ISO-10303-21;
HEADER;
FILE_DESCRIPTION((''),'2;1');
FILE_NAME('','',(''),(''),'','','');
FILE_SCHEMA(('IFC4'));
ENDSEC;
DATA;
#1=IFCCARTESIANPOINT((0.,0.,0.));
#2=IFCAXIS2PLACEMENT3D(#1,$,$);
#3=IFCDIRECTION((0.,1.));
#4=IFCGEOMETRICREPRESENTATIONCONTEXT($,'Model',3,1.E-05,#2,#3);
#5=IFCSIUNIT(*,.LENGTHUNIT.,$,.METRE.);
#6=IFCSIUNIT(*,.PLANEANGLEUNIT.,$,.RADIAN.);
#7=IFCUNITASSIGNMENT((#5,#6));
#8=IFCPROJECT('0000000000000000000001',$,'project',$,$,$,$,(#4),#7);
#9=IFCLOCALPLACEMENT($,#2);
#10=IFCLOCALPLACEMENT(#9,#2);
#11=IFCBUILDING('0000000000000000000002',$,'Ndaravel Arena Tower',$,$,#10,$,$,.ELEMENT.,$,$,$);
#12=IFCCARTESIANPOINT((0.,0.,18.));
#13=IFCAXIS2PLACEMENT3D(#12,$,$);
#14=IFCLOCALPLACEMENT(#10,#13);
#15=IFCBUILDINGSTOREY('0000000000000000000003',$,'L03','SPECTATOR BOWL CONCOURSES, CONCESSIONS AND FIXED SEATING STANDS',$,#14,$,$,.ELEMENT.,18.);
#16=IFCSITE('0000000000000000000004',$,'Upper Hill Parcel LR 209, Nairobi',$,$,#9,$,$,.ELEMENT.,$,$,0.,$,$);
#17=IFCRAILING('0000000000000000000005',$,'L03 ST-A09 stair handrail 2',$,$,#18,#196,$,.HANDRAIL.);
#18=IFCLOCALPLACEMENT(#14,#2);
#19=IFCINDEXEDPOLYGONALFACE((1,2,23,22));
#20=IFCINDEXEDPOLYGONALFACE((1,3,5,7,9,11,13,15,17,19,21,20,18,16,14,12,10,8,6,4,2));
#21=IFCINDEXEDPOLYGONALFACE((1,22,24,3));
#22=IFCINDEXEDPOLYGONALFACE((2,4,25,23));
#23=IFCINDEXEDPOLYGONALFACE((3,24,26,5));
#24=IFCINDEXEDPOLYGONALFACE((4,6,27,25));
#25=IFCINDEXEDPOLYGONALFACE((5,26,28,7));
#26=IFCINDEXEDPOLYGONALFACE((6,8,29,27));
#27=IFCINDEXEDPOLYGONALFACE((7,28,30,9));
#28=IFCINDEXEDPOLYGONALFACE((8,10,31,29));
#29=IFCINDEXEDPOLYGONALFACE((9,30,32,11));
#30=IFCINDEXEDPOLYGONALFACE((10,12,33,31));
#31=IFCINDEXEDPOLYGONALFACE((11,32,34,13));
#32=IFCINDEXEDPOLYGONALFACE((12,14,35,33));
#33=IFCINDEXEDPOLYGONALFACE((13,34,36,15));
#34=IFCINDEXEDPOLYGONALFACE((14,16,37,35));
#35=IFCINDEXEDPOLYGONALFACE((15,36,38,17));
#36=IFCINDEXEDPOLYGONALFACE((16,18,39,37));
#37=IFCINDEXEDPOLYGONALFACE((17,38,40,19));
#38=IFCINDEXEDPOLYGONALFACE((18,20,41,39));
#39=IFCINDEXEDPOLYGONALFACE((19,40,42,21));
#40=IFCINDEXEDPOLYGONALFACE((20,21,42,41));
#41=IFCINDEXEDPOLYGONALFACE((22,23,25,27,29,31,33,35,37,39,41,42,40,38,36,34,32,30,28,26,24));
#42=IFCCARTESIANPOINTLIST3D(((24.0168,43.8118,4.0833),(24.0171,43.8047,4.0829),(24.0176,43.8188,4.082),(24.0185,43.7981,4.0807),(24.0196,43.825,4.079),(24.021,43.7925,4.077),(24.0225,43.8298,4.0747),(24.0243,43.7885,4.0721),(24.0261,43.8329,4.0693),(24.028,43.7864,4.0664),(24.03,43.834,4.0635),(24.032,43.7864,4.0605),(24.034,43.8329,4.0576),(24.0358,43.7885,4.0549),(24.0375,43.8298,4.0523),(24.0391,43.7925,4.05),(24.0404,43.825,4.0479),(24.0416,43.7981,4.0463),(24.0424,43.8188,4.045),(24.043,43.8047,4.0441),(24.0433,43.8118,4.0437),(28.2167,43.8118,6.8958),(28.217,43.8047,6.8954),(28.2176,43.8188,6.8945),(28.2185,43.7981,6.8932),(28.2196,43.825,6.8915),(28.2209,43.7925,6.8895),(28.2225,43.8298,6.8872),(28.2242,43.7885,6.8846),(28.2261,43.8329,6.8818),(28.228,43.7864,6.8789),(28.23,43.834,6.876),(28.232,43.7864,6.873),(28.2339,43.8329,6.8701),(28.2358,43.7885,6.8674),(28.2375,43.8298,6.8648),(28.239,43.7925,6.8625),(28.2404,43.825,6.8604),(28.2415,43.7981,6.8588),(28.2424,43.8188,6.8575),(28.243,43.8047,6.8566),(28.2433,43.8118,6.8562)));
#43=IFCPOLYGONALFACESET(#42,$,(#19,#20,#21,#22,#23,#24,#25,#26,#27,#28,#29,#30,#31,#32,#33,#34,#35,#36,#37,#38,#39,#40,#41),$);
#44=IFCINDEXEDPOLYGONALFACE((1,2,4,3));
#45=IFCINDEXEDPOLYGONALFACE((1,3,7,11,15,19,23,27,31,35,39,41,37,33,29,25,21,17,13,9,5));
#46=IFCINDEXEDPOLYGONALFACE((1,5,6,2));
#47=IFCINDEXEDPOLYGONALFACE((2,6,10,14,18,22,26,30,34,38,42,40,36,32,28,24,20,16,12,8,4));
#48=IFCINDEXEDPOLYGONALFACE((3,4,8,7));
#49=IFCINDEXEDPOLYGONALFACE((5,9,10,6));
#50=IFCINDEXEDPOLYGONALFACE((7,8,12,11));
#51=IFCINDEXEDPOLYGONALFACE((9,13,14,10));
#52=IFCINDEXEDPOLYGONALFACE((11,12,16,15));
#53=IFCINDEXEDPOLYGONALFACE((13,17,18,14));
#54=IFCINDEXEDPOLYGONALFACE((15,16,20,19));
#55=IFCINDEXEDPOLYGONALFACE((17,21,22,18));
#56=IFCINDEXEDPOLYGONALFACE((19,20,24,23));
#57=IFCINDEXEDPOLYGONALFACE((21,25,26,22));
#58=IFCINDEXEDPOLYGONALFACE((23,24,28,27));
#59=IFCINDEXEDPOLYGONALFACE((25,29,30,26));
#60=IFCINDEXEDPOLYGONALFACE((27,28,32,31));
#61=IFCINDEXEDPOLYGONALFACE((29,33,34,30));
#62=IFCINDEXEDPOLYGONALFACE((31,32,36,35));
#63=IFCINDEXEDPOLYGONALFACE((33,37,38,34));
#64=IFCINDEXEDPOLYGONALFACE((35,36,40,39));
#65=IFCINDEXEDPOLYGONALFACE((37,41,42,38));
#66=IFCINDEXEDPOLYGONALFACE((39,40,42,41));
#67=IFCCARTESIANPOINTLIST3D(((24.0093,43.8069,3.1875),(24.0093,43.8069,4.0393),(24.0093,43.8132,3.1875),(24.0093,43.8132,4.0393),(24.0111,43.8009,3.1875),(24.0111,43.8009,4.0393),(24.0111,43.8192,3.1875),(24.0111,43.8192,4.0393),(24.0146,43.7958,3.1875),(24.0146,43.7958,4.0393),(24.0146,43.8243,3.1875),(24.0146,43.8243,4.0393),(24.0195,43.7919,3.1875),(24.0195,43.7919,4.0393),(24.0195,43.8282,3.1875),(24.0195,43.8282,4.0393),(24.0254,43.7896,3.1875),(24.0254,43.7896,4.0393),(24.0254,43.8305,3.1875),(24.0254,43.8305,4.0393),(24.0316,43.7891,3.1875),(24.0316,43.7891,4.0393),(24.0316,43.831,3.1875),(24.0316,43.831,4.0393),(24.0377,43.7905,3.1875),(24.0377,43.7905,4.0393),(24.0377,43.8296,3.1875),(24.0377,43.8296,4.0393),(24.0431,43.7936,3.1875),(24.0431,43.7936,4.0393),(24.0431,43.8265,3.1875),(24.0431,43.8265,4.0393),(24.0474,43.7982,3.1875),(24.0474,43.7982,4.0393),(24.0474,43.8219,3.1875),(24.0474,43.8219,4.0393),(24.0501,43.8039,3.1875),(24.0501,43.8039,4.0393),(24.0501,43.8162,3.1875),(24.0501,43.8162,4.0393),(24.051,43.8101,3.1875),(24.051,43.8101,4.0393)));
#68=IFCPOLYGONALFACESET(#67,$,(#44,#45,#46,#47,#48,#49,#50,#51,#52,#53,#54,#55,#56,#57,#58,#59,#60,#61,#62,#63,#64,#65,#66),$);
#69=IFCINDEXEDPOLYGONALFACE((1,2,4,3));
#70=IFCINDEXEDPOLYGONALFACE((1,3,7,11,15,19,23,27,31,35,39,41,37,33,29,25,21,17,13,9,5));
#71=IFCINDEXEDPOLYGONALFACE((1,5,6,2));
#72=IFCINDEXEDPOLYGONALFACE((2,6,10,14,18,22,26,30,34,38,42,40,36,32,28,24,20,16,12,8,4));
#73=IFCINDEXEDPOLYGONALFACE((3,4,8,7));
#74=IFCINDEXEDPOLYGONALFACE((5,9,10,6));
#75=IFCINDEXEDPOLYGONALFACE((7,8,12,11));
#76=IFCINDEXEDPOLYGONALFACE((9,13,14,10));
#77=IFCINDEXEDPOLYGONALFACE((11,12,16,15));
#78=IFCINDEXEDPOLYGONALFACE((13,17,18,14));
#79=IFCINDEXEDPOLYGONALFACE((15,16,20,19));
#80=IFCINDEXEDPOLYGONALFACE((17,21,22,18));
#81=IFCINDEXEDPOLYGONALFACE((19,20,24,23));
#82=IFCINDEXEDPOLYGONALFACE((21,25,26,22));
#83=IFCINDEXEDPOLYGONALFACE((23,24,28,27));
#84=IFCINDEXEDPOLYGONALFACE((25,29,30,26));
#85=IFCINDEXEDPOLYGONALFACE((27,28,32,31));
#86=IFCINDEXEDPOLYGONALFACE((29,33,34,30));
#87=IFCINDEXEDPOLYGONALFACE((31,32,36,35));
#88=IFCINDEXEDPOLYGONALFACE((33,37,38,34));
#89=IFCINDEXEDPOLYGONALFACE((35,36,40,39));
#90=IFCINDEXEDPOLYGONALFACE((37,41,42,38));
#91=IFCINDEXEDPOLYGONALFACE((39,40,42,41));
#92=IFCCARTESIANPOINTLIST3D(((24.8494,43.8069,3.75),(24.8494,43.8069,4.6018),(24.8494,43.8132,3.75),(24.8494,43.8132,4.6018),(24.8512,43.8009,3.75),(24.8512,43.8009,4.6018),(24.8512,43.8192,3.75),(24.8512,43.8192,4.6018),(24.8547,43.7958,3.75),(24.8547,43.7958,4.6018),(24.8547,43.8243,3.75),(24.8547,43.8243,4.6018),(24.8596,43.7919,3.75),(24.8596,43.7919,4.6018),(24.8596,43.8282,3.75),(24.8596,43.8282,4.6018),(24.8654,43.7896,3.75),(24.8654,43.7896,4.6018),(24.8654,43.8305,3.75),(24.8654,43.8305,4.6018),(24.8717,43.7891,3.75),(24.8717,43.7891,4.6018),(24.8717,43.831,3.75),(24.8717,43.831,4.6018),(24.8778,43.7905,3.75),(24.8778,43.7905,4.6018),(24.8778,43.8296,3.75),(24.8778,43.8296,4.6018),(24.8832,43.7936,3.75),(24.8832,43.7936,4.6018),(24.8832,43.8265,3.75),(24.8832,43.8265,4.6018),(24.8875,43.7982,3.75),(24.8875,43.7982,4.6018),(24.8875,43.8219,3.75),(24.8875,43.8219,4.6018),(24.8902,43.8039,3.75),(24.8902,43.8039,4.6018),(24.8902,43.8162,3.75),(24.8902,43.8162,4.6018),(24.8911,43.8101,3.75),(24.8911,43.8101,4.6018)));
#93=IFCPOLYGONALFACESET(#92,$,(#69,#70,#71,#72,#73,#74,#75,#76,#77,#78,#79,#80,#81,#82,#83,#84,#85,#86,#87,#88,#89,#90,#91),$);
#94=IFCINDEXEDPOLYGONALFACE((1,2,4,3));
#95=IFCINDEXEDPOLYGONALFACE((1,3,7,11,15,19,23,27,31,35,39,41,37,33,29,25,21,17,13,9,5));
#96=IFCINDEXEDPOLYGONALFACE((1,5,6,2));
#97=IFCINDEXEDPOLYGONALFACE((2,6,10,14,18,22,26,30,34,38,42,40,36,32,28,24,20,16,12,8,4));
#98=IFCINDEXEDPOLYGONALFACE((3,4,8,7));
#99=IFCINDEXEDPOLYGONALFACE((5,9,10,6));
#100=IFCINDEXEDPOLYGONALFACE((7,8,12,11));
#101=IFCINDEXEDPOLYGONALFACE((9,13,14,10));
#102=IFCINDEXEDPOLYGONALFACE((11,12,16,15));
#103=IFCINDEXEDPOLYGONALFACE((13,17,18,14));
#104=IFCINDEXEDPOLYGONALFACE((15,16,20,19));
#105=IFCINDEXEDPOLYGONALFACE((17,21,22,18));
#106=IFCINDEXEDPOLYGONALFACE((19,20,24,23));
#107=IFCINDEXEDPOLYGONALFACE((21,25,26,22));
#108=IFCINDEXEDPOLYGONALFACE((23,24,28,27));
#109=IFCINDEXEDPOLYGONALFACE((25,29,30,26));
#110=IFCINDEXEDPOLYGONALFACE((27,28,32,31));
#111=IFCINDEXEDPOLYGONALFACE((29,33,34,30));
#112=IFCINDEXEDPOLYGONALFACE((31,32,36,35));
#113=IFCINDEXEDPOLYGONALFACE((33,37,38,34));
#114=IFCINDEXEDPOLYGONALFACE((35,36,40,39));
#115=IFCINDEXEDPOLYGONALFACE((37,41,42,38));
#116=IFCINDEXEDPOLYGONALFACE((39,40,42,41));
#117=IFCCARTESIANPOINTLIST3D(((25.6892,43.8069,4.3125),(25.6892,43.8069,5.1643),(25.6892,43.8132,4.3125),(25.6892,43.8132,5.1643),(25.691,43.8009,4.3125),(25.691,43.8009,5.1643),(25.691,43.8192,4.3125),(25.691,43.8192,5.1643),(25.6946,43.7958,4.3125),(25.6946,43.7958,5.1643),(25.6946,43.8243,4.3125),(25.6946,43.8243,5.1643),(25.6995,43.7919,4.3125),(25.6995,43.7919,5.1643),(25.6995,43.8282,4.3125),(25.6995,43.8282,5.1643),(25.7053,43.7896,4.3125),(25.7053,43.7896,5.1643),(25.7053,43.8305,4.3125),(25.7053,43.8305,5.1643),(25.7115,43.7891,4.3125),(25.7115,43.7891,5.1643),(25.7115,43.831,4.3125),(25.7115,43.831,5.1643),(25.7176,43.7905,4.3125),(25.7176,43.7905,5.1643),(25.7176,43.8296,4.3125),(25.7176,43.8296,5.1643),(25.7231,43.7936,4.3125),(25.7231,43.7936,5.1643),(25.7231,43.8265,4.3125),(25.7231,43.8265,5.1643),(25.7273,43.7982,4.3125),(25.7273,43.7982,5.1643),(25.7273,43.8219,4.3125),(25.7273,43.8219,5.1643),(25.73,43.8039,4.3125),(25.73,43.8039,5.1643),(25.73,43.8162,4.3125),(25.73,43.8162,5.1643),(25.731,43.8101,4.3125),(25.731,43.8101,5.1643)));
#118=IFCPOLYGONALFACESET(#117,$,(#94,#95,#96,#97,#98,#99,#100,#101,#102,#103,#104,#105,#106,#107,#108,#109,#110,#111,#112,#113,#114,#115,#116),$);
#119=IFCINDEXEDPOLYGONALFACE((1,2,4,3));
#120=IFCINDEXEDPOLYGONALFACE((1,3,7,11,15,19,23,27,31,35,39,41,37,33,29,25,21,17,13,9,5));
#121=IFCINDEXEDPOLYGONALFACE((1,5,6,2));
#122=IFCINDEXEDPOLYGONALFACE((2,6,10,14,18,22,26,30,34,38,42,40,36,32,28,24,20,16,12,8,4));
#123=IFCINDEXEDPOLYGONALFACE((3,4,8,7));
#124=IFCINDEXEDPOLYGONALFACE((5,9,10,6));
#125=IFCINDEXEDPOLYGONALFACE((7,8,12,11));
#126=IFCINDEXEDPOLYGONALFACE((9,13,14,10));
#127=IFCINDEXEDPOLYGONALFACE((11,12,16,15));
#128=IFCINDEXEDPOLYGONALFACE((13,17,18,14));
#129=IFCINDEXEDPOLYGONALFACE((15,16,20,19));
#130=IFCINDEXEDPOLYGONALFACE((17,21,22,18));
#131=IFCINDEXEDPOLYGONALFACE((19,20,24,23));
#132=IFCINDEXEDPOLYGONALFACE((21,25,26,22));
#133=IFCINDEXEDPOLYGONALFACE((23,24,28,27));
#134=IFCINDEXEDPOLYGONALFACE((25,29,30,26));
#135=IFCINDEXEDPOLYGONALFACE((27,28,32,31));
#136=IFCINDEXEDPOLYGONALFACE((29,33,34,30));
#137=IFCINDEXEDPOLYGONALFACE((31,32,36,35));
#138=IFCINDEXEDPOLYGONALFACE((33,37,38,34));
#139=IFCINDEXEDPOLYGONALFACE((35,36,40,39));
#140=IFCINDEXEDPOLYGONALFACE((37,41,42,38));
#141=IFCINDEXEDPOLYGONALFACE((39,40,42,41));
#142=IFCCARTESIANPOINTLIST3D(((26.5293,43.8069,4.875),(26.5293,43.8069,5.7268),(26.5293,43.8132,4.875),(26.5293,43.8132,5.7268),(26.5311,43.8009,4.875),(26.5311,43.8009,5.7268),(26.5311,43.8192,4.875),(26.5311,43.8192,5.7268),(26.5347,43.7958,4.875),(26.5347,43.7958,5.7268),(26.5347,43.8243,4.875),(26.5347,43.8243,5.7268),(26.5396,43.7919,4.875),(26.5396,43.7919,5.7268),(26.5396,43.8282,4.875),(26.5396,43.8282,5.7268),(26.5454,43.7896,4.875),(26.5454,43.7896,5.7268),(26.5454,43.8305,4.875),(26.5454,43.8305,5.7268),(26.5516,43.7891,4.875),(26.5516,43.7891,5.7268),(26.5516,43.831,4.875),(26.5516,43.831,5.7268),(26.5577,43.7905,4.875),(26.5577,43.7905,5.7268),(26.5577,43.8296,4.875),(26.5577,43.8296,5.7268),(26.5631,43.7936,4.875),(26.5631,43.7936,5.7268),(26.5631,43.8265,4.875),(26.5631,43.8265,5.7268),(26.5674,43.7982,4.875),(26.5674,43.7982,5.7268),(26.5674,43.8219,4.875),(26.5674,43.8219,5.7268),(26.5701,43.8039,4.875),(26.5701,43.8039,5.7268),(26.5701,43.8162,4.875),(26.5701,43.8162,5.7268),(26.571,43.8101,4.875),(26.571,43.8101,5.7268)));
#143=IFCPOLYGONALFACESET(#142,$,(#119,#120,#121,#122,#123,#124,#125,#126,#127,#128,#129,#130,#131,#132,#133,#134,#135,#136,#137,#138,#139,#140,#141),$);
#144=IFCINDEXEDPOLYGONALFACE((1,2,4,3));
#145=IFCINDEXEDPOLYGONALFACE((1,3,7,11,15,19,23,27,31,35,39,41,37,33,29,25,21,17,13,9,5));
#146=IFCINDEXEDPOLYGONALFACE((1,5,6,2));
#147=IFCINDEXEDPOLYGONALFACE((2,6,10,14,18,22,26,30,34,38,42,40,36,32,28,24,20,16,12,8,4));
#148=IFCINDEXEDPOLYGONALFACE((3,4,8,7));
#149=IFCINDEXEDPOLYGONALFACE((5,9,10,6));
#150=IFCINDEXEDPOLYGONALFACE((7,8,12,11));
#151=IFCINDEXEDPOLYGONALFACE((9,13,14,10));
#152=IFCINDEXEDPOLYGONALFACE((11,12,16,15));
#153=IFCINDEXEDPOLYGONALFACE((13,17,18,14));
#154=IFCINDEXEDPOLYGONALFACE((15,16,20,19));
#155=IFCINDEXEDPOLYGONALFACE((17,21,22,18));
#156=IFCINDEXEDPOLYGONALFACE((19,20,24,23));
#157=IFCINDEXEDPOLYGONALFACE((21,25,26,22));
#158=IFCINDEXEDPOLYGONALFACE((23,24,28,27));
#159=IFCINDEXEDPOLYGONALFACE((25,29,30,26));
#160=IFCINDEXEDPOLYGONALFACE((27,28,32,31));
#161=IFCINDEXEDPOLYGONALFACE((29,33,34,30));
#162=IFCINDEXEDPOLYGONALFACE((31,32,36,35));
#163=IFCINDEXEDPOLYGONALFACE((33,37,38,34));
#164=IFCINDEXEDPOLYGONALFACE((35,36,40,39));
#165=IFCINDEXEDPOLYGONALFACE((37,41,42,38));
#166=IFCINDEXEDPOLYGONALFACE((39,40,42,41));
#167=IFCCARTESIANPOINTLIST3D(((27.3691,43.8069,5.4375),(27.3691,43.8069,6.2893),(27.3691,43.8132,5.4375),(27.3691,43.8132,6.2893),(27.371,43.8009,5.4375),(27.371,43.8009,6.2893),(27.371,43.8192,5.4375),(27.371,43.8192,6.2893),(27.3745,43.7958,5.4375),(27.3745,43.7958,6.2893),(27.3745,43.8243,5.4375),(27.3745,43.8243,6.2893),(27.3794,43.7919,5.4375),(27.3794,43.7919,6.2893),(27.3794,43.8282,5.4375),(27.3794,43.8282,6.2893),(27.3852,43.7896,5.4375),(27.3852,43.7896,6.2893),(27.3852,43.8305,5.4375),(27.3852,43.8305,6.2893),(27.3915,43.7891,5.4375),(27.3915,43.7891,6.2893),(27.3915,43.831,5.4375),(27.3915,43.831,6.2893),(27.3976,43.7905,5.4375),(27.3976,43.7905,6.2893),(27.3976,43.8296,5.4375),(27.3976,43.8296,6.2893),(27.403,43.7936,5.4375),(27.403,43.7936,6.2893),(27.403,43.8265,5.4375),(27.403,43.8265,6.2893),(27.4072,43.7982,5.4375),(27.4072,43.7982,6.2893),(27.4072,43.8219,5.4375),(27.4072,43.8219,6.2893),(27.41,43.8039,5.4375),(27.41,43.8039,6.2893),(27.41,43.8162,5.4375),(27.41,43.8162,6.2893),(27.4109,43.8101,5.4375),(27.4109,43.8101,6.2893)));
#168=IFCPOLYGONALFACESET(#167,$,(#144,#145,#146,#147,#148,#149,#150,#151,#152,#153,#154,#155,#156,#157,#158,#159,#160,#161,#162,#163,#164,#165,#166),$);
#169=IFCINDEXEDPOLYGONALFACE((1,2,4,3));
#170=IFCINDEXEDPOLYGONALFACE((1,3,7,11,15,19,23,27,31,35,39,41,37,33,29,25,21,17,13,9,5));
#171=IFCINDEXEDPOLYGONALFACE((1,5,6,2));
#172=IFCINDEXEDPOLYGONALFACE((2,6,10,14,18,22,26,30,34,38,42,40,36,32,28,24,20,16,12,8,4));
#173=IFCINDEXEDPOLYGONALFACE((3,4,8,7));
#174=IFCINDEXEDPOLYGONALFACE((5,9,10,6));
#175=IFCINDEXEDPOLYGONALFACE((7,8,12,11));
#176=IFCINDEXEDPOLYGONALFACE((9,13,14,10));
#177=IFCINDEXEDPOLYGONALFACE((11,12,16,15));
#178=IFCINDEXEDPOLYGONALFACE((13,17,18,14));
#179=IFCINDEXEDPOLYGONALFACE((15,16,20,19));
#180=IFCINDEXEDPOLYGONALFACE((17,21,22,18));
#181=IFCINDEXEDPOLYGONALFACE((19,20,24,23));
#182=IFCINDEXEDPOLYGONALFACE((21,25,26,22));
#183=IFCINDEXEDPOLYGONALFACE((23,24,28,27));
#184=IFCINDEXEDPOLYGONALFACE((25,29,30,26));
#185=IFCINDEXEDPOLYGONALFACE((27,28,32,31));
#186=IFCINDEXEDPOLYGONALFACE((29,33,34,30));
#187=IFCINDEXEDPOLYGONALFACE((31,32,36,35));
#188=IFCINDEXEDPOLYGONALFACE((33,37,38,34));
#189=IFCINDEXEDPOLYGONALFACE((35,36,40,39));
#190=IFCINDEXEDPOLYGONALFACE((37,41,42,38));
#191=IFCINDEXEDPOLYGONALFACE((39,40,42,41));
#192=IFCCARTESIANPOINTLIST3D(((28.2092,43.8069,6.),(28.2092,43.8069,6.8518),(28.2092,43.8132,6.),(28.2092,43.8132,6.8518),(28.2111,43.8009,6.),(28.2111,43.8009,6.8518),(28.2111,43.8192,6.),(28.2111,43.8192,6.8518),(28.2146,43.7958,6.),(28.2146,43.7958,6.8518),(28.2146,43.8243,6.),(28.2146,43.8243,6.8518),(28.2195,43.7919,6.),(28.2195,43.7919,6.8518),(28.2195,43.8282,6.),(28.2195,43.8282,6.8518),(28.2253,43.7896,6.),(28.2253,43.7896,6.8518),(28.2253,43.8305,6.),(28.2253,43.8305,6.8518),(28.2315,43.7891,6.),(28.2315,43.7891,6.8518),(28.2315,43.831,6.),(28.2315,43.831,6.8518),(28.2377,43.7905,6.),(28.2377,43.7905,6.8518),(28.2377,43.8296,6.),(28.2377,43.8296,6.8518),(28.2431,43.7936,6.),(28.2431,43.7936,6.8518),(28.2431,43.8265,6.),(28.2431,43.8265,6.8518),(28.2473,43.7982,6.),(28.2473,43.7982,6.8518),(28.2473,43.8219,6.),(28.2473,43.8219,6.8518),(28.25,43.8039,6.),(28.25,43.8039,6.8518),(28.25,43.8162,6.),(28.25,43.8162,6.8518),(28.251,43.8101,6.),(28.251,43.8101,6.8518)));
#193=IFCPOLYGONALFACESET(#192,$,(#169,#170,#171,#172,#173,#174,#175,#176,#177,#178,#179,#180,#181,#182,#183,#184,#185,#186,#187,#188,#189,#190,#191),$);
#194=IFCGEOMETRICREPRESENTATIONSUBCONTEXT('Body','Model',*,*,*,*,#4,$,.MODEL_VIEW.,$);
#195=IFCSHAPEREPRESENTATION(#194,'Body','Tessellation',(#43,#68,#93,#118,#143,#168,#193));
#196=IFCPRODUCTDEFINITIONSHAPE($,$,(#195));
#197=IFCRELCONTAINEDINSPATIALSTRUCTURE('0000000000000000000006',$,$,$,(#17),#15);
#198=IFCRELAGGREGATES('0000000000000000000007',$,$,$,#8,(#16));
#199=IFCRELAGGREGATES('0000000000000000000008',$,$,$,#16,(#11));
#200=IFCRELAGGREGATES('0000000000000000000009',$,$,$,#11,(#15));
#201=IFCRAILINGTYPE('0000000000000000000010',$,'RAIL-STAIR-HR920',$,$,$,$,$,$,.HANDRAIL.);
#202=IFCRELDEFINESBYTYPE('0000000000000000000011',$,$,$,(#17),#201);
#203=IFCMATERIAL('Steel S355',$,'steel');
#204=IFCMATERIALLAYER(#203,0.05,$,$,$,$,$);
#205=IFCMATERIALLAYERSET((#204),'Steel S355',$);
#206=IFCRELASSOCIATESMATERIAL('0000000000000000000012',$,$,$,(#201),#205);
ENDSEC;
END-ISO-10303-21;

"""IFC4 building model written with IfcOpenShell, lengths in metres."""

from ifc_helpers import new_model, si_unit, direction, frame, origin, origin_2d, place, context, subcontext, project, spatial, circle, extrude, material, layer, layer_set, type_object, element, save


model = new_model("IFC4")

# Units and contexts
model_context = context("Model", 3, precision=1e-05, world=origin(), true_north=direction((0.0, 1.0)))
body_context = subcontext(model_context, "Body", "Model", "MODEL_VIEW")
ifc_project = project(units=[si_unit("LENGTHUNIT", "METRE"), si_unit("PLANEANGLEUNIT", "RADIAN")], contexts=[model_context])

# Site, building, storey
site_placement = place(None, origin())
site = spatial("IfcSite", under=ifc_project, at=site_placement, Name="Upper Hill Parcel LR 209, Nairobi", CompositionType="ELEMENT", RefElevation=0.0)
building_placement = place(site_placement, origin())
building = spatial("IfcBuilding", under=site, at=building_placement, Name="Ndaravel Arena Tower", CompositionType="ELEMENT")
storey_placement = place(building_placement, frame((0.0, 0.0, 18.0)))
storey = spatial("IfcBuildingStorey", under=building, at=storey_placement, Name="L03", Description="SPECTATOR BOWL CONCOURSES, CONCESSIONS AND FIXED SEATING STANDS", CompositionType="ELEMENT", Elevation=18.0)

# Railing
ifc_material_1 = material(Name="Steel S355", Category="steel")
ifc_layer_1 = layer(ifc_material_1, 0.05)
ifc_layer_set_1 = layer_set([ifc_layer_1], Name="Steel S355")
railing_type_1 = type_object("IfcRailingType", Name="RAIL-STAIR-HR920", PredefinedType="HANDRAIL", material=ifc_layer_set_1)
railing_1_placement = place(storey_placement, frame((24.03, 43.8101, 3.1875)))
element("IfcRailing", 1, at=railing_1_placement, inside=storey, type_object=railing_type_1, Name="L03 ST-A09 stair handrail 2", PredefinedType="HANDRAIL", context=body_context, shape_type="SweptSolid", body=[
    extrude(circle(Radius=0.0239, at=origin_2d()), frame((0.0, 0.0, 0.876), z_axis=(0.830904, 0.0, 0.556416), x_axis=(0.0, 1.0, 0.0)), (0.0, 0.0, 1.0), 5.0547),
    extrude(circle(Radius=0.021, at=origin_2d()), origin(), (0.0, 0.0, 1.0), 0.8518),
    extrude(circle(Radius=0.021, at=origin_2d()), frame((0.8401, 0.0, 0.5625)), (0.0, 0.0, 1.0), 0.8518),
    extrude(circle(Radius=0.021, at=origin_2d()), frame((1.6799, 0.0, 1.125)), (0.0, 0.0, 1.0), 0.8518),
    extrude(circle(Radius=0.021, at=origin_2d()), frame((2.52, 0.0, 1.6875)), (0.0, 0.0, 1.0), 0.8518),
    extrude(circle(Radius=0.021, at=origin_2d()), frame((3.3599, 0.0, 2.25)), (0.0, 0.0, 1.0), 0.8518),
    extrude(circle(Radius=0.021, at=origin_2d()), frame((4.2, 0.0, 2.8125)), (0.0, 0.0, 1.0), 0.8518),
])

save(model, "model.ifc")
